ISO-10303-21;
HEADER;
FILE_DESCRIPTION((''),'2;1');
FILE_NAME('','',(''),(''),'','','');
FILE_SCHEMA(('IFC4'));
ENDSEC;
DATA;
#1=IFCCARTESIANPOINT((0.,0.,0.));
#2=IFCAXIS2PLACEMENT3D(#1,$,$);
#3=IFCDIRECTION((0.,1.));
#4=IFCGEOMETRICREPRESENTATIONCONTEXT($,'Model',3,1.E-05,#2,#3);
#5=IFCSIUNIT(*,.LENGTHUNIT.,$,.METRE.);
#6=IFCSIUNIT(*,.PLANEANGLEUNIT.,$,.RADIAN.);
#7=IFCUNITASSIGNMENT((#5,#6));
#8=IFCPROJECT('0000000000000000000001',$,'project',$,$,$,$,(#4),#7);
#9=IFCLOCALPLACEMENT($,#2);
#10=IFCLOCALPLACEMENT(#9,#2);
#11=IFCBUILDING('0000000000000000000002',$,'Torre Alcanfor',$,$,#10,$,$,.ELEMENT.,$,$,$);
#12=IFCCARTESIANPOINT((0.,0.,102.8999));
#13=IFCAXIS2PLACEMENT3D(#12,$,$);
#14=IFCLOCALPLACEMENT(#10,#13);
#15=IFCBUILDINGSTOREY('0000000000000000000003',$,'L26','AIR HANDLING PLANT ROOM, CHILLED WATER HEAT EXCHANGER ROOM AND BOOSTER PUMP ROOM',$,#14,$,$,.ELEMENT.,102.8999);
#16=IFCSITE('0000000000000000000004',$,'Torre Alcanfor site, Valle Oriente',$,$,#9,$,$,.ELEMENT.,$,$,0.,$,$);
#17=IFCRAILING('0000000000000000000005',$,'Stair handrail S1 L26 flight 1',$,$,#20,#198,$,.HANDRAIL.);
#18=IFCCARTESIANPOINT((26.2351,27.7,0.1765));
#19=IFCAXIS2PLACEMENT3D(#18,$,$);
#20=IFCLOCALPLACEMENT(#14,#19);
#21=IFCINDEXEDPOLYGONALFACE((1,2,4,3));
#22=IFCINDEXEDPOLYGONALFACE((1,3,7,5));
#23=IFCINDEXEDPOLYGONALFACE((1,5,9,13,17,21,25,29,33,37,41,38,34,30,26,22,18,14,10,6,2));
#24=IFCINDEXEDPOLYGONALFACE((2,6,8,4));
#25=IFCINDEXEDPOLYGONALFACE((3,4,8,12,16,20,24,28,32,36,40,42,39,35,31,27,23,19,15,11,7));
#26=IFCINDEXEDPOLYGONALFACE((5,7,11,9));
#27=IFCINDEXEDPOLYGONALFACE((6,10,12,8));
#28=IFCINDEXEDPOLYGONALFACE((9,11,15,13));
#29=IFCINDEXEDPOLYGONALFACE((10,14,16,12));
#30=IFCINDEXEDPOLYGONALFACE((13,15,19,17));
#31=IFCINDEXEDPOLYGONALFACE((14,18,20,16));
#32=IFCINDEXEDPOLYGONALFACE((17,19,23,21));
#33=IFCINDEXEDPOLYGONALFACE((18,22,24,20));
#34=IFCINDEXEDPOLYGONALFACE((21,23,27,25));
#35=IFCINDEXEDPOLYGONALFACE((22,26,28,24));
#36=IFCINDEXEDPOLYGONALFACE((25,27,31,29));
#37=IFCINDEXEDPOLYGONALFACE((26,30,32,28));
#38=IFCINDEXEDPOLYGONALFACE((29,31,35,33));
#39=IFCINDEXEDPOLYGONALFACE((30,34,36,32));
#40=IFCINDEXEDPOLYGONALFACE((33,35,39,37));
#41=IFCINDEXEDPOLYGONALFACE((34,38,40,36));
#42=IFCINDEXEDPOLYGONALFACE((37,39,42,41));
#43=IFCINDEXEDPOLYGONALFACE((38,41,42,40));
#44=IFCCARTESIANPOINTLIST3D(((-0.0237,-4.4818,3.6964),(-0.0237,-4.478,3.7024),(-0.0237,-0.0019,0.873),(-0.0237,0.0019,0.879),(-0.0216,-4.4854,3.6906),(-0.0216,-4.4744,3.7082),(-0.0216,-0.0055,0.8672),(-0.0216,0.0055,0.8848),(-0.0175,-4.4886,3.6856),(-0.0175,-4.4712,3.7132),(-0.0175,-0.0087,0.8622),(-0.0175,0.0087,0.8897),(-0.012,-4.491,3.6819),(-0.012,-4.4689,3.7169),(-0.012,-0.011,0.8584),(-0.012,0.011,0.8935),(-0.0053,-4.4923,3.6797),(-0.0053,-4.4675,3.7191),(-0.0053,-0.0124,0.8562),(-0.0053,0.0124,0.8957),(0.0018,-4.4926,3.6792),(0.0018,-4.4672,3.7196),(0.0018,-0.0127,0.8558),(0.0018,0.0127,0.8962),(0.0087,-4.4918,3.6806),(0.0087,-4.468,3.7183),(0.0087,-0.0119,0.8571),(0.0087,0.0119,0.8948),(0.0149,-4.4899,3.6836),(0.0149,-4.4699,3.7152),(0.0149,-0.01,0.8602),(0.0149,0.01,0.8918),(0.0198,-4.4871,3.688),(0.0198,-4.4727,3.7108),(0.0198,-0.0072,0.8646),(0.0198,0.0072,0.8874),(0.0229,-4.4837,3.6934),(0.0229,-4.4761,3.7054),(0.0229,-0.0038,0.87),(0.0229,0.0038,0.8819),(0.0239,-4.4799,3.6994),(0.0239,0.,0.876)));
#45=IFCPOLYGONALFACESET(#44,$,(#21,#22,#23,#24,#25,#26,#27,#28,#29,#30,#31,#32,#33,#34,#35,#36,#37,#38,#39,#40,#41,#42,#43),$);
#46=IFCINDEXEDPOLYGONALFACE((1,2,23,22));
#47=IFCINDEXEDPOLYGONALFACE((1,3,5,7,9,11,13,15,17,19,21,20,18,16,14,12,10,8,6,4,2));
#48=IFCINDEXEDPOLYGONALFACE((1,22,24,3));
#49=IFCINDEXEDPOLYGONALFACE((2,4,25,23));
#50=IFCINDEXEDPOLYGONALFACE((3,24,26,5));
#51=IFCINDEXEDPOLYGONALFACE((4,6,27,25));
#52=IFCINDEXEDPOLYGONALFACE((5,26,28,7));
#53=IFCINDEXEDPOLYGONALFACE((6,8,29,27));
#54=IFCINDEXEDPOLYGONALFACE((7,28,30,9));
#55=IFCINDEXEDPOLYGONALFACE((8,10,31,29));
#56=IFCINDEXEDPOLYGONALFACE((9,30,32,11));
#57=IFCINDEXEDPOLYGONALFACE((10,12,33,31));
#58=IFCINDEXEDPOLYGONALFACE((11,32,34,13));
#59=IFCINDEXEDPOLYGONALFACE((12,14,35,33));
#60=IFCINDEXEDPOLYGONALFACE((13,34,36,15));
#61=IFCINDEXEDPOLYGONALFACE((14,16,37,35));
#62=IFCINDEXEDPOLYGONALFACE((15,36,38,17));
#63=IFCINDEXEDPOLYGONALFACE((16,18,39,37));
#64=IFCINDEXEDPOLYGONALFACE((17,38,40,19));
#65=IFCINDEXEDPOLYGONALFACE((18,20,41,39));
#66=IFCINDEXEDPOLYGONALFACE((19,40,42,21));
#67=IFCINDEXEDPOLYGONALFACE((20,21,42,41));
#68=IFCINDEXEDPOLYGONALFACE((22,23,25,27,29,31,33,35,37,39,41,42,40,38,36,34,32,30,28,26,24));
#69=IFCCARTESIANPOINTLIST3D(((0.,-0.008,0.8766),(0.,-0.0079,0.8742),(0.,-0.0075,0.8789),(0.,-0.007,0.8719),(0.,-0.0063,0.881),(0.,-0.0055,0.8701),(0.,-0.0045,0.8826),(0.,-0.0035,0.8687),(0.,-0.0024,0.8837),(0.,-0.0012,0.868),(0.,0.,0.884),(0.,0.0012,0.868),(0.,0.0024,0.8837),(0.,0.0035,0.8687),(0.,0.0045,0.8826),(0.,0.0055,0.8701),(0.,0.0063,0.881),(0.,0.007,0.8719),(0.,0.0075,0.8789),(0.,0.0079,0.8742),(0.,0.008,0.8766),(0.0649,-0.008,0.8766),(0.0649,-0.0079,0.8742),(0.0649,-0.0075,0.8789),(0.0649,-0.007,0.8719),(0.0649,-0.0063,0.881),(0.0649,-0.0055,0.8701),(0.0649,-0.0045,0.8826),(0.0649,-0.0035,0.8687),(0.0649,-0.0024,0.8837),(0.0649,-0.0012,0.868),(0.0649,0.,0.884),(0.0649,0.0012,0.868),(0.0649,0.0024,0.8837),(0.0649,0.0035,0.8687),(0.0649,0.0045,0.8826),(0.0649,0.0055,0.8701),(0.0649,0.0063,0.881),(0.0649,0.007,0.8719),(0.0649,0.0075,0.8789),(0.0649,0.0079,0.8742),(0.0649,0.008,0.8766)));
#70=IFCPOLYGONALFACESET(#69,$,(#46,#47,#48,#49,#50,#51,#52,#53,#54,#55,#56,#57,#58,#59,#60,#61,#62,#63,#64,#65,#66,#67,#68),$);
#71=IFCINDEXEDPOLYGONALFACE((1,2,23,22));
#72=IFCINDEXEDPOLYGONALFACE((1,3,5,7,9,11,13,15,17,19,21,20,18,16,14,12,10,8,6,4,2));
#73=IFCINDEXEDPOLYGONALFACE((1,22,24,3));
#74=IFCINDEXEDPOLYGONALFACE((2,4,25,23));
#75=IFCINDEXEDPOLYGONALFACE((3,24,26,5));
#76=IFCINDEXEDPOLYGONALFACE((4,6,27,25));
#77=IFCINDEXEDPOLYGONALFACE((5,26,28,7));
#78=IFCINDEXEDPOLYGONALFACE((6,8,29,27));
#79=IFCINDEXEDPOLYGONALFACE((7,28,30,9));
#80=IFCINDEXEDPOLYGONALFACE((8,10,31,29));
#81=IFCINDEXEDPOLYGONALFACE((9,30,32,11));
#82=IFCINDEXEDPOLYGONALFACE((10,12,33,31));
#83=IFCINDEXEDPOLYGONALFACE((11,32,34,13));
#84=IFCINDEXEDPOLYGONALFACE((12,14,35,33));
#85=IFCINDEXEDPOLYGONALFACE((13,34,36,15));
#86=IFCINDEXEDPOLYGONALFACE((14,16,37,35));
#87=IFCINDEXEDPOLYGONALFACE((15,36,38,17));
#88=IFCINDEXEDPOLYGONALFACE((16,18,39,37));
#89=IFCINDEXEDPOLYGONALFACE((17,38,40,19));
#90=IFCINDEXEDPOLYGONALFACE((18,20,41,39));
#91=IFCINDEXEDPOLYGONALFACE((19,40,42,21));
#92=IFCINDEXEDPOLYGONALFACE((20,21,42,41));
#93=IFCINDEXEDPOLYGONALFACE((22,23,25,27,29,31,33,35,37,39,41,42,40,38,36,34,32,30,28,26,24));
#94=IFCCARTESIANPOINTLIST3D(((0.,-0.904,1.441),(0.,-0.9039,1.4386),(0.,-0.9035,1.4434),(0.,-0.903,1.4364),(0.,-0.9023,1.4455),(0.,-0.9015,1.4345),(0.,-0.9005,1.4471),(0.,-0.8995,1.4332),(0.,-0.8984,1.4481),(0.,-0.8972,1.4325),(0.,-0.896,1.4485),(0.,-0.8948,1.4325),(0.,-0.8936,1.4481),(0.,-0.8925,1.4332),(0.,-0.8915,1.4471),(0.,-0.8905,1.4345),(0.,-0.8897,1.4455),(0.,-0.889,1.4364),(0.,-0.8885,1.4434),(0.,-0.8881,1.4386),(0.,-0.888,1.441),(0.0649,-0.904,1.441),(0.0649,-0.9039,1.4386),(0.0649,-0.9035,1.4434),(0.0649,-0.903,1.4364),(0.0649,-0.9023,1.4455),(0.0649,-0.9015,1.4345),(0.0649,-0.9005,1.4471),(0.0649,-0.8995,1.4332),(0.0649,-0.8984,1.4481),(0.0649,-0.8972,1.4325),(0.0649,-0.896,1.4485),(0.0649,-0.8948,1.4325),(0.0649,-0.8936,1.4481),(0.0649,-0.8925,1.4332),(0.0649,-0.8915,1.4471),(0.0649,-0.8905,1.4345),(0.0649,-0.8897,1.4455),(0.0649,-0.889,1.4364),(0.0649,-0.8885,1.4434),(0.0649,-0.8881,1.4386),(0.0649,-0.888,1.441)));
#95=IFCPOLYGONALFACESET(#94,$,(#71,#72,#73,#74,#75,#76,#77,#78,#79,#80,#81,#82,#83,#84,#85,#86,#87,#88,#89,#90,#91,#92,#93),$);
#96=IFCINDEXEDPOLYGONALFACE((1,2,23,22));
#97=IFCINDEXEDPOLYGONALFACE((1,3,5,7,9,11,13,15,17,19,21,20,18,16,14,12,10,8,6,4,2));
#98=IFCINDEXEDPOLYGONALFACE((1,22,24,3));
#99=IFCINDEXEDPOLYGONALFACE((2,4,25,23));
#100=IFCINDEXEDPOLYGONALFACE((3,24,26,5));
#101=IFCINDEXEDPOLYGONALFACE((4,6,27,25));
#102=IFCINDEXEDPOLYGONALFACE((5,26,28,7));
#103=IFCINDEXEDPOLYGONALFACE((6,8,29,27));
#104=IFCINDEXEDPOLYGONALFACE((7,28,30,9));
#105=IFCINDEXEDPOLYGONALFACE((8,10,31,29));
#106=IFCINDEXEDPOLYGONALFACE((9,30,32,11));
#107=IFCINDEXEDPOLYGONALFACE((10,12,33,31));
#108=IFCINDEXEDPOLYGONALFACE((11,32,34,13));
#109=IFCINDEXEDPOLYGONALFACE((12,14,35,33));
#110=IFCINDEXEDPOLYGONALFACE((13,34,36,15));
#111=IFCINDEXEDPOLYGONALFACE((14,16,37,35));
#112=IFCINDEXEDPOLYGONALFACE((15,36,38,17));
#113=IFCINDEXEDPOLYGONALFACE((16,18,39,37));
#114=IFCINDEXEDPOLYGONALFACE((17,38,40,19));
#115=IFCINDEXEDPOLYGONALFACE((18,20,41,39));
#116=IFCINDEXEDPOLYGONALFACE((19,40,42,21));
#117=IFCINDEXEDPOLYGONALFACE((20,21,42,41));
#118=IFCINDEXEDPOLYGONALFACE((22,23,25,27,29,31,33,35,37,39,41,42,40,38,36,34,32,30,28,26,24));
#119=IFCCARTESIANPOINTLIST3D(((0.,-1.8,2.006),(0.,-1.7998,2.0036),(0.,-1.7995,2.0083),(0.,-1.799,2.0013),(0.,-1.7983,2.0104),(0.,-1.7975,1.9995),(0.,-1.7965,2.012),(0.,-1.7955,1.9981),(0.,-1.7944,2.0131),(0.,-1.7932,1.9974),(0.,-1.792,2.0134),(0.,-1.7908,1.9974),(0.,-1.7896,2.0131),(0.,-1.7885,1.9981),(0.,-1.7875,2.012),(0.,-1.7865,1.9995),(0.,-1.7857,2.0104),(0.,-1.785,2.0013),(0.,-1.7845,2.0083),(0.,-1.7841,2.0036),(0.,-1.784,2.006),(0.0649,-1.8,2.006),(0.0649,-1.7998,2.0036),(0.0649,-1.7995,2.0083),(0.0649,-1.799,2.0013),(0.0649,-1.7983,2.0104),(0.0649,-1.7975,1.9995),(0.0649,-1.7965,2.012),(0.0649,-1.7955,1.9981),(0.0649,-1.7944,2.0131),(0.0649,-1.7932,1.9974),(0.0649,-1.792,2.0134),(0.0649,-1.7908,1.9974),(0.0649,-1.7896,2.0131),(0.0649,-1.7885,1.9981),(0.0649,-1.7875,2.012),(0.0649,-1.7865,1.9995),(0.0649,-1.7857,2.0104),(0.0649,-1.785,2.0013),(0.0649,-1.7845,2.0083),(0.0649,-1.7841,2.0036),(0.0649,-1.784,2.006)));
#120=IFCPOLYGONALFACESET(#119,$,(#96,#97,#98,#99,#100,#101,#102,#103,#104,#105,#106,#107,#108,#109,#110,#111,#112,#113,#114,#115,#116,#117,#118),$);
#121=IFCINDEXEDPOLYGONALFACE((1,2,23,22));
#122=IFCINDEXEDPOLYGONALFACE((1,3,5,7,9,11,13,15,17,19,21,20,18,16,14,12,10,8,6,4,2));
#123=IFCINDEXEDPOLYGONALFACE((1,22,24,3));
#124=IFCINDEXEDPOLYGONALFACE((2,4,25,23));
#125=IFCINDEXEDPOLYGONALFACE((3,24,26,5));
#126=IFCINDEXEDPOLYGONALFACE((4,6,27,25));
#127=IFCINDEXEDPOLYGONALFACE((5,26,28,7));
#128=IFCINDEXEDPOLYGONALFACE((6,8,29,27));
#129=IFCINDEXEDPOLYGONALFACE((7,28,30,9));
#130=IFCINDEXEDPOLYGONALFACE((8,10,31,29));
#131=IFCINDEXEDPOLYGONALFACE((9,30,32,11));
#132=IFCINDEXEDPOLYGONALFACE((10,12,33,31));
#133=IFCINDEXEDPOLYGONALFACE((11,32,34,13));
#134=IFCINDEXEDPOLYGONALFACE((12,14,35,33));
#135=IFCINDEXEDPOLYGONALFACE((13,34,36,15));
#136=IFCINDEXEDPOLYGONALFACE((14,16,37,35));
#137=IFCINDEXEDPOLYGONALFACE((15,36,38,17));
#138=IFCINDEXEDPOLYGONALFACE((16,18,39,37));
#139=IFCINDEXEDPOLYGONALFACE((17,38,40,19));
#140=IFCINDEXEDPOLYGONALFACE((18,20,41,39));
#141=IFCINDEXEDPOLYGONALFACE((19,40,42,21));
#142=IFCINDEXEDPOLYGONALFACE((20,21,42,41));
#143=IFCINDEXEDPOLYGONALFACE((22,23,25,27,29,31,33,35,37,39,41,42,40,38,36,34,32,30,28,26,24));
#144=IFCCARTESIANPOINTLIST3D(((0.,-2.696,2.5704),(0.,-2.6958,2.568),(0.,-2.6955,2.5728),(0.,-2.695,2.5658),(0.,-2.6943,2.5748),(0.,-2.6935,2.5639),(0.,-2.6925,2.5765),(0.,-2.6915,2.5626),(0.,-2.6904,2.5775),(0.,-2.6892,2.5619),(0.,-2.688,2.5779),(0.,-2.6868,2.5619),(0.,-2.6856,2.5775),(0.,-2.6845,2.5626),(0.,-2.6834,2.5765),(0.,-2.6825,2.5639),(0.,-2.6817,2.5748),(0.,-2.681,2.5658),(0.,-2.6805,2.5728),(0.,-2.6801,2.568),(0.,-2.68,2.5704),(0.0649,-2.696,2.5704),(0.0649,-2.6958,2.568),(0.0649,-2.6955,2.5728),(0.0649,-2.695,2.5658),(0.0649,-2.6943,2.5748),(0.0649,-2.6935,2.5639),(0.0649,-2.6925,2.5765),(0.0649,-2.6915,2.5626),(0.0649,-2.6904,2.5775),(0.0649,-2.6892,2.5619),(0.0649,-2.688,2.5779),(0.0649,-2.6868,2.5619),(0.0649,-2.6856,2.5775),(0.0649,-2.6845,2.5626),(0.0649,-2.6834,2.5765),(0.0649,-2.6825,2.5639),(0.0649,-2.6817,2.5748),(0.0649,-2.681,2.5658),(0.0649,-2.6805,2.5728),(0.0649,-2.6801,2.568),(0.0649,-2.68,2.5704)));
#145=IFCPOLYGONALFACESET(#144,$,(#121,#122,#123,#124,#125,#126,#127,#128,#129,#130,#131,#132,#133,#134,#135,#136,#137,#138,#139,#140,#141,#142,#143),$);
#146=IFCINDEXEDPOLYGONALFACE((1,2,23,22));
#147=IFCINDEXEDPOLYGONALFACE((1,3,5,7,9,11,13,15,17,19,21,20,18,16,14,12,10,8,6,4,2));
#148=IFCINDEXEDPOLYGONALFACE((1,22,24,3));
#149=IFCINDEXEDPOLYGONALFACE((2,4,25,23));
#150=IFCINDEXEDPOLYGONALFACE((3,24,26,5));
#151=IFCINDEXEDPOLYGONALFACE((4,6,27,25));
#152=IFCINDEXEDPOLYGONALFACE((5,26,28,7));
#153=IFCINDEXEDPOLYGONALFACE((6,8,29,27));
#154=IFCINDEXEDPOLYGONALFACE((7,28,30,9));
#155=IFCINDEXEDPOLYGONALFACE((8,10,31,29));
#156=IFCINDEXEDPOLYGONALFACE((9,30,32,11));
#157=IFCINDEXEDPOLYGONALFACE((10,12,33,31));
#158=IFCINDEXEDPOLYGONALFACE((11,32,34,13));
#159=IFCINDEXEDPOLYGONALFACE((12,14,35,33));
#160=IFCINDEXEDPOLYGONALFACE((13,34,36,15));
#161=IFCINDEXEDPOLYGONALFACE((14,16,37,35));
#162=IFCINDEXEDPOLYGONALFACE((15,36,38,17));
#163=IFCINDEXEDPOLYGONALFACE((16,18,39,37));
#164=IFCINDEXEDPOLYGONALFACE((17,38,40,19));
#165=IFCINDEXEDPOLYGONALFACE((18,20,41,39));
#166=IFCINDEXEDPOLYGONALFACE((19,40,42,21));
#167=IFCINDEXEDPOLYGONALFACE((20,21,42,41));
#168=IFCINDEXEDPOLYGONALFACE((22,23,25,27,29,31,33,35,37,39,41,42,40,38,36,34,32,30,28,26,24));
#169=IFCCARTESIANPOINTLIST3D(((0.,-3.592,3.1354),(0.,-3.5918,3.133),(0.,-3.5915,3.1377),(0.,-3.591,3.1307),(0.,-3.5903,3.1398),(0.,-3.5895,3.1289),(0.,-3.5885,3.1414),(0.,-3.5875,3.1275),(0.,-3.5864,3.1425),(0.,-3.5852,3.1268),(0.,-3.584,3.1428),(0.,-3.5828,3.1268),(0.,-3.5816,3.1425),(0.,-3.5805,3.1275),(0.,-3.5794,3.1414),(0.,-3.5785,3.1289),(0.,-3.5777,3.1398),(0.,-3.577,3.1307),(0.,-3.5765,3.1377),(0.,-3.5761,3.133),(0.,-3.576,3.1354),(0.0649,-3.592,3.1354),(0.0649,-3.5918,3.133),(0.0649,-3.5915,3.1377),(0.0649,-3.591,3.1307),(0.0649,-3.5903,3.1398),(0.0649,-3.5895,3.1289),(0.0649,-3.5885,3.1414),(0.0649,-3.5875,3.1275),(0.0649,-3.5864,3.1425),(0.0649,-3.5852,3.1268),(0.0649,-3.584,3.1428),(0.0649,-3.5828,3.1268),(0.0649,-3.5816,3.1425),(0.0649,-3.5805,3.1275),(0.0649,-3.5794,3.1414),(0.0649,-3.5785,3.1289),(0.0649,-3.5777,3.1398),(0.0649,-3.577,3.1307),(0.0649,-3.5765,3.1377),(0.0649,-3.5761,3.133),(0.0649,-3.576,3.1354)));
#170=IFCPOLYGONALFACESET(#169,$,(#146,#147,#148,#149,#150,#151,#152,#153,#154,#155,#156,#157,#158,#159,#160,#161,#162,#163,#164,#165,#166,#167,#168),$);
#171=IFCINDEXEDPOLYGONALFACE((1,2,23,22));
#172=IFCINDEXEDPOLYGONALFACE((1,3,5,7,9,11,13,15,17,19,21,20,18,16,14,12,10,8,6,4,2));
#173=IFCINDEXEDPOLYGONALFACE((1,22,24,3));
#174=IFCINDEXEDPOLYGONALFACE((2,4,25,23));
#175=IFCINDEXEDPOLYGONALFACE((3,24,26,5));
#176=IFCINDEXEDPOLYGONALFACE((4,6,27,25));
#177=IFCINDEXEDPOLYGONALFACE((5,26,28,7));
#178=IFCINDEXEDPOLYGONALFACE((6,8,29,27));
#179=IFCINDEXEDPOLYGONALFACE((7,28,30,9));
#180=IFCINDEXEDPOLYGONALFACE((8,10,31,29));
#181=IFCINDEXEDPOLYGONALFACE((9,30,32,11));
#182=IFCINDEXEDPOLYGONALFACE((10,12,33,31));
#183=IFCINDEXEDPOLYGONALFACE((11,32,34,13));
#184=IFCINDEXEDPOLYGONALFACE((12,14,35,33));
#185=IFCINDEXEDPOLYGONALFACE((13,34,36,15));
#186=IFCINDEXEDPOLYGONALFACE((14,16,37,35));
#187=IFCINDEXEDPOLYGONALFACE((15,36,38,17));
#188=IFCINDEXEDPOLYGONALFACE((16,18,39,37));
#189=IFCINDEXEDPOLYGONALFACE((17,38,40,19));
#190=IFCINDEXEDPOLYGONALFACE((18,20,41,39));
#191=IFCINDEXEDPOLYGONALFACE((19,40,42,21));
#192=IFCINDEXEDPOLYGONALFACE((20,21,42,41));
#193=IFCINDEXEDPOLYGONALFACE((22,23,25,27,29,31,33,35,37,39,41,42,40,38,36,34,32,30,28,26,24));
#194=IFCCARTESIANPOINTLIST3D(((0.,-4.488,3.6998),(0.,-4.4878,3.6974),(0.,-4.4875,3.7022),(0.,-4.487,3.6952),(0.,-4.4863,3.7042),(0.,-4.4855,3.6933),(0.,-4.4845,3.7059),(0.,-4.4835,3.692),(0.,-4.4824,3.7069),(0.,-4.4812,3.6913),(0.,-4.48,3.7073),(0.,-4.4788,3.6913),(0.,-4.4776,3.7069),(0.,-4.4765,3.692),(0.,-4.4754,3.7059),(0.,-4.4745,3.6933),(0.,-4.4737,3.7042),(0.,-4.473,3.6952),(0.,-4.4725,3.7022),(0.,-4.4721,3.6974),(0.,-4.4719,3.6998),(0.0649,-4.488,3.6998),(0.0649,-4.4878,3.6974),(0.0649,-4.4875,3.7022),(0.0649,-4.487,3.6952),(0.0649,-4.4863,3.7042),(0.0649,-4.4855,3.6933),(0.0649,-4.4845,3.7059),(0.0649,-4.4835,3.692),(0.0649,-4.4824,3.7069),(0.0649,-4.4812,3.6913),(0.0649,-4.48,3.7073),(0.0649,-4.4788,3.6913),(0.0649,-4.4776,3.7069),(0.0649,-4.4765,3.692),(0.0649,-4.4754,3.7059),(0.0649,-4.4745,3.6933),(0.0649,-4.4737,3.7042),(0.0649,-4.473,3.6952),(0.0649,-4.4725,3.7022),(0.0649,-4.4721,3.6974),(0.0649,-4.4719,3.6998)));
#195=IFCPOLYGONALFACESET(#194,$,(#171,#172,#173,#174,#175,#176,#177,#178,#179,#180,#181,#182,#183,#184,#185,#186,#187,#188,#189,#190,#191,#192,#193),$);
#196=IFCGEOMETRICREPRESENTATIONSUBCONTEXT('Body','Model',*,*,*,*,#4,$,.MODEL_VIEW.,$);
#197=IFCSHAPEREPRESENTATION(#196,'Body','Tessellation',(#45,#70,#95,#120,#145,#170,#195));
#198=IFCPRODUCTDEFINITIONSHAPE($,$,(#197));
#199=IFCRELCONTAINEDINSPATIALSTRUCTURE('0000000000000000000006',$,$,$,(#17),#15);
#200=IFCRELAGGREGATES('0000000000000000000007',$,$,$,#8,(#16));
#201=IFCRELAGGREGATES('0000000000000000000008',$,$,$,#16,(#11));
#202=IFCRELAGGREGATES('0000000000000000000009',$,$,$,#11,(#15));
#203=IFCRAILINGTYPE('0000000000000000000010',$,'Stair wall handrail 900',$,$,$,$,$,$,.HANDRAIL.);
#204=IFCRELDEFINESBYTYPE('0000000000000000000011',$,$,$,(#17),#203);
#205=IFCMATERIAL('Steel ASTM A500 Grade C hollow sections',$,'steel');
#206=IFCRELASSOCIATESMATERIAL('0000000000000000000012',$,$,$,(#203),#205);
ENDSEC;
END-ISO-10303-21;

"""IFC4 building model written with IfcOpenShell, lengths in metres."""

from ifc_helpers import new_model, si_unit, direction, frame, origin, origin_2d, place, context, subcontext, project, spatial, circle, extrude, material, type_object, element, save


model = new_model("IFC4")

# Units and contexts
model_context = context("Model", 3, precision=1e-05, world=origin(), true_north=direction((0.0, 1.0)))
body_context = subcontext(model_context, "Body", "Model", "MODEL_VIEW")
ifc_project = project(units=[si_unit("LENGTHUNIT", "METRE"), si_unit("PLANEANGLEUNIT", "RADIAN")], contexts=[model_context])

# Site, building, storey
site_placement = place(None, origin())
site = spatial("IfcSite", under=ifc_project, at=site_placement, Name="Torre Alcanfor site, Valle Oriente", CompositionType="ELEMENT", RefElevation=0.0)
building_placement = place(site_placement, origin())
building = spatial("IfcBuilding", under=site, at=building_placement, Name="Torre Alcanfor", CompositionType="ELEMENT")
storey_placement = place(building_placement, frame((0.0, 0.0, 102.8999)))
storey = spatial("IfcBuildingStorey", under=building, at=storey_placement, Name="L26", Description="AIR HANDLING PLANT ROOM, CHILLED WATER HEAT EXCHANGER ROOM AND BOOSTER PUMP ROOM", CompositionType="ELEMENT", Elevation=102.8999)

# Railing
ifc_material_1 = material(Name="Steel ASTM A500 Grade C hollow sections", Category="steel")
railing_type = type_object("IfcRailingType", Name="Stair wall handrail 900", PredefinedType="HANDRAIL", material=ifc_material_1)
railing_placement = place(storey_placement, frame((26.2351, 27.7, 0.1765)))
element("IfcRailing", 1, at=railing_placement, inside=storey, type_object=railing_type, Name="Stair handrail S1 L26 flight 1", PredefinedType="HANDRAIL", context=body_context, shape_type="SweptSolid", body=[
    extrude(circle(Radius=0.0239, at=origin_2d()), frame((0.0, 0.0, 0.876), z_axis=(0.0, -0.845998, 0.533186), x_axis=(1.0, 0.0, 0.0)), (0.0, 0.0, 1.0), 5.2954),
    extrude(circle(Radius=0.0081, at=origin_2d()), frame((0.0, 0.0, 0.876), z_axis=(1.0, 0.0, 0.0), x_axis=(0.0, 0.0, 1.0)), (0.0, 0.0, 1.0), 0.0649),
    extrude(circle(Radius=0.0081, at=origin_2d()), frame((0.0, -0.896, 1.4404), z_axis=(1.0, 0.0, 0.0), x_axis=(0.0, 0.0, 1.0)), (0.0, 0.0, 1.0), 0.0649),
    extrude(circle(Radius=0.0081, at=origin_2d()), frame((0.0, -1.792, 2.0054), z_axis=(1.0, 0.0, 0.0), x_axis=(0.0, 0.0, 1.0)), (0.0, 0.0, 1.0), 0.0649),
    extrude(circle(Radius=0.0081, at=origin_2d()), frame((0.0, -2.688, 2.5698), z_axis=(1.0, 0.0, 0.0), x_axis=(0.0, 0.0, 1.0)), (0.0, 0.0, 1.0), 0.0649),
    extrude(circle(Radius=0.0081, at=origin_2d()), frame((0.0, -3.584, 3.1348), z_axis=(1.0, 0.0, 0.0), x_axis=(0.0, 0.0, 1.0)), (0.0, 0.0, 1.0), 0.0649),
    extrude(circle(Radius=0.0081, at=origin_2d()), frame((0.0, -4.48, 3.6992), z_axis=(1.0, 0.0, 0.0), x_axis=(0.0, 0.0, 1.0)), (0.0, 0.0, 1.0), 0.0649),
])

save(model, "model.ifc")
